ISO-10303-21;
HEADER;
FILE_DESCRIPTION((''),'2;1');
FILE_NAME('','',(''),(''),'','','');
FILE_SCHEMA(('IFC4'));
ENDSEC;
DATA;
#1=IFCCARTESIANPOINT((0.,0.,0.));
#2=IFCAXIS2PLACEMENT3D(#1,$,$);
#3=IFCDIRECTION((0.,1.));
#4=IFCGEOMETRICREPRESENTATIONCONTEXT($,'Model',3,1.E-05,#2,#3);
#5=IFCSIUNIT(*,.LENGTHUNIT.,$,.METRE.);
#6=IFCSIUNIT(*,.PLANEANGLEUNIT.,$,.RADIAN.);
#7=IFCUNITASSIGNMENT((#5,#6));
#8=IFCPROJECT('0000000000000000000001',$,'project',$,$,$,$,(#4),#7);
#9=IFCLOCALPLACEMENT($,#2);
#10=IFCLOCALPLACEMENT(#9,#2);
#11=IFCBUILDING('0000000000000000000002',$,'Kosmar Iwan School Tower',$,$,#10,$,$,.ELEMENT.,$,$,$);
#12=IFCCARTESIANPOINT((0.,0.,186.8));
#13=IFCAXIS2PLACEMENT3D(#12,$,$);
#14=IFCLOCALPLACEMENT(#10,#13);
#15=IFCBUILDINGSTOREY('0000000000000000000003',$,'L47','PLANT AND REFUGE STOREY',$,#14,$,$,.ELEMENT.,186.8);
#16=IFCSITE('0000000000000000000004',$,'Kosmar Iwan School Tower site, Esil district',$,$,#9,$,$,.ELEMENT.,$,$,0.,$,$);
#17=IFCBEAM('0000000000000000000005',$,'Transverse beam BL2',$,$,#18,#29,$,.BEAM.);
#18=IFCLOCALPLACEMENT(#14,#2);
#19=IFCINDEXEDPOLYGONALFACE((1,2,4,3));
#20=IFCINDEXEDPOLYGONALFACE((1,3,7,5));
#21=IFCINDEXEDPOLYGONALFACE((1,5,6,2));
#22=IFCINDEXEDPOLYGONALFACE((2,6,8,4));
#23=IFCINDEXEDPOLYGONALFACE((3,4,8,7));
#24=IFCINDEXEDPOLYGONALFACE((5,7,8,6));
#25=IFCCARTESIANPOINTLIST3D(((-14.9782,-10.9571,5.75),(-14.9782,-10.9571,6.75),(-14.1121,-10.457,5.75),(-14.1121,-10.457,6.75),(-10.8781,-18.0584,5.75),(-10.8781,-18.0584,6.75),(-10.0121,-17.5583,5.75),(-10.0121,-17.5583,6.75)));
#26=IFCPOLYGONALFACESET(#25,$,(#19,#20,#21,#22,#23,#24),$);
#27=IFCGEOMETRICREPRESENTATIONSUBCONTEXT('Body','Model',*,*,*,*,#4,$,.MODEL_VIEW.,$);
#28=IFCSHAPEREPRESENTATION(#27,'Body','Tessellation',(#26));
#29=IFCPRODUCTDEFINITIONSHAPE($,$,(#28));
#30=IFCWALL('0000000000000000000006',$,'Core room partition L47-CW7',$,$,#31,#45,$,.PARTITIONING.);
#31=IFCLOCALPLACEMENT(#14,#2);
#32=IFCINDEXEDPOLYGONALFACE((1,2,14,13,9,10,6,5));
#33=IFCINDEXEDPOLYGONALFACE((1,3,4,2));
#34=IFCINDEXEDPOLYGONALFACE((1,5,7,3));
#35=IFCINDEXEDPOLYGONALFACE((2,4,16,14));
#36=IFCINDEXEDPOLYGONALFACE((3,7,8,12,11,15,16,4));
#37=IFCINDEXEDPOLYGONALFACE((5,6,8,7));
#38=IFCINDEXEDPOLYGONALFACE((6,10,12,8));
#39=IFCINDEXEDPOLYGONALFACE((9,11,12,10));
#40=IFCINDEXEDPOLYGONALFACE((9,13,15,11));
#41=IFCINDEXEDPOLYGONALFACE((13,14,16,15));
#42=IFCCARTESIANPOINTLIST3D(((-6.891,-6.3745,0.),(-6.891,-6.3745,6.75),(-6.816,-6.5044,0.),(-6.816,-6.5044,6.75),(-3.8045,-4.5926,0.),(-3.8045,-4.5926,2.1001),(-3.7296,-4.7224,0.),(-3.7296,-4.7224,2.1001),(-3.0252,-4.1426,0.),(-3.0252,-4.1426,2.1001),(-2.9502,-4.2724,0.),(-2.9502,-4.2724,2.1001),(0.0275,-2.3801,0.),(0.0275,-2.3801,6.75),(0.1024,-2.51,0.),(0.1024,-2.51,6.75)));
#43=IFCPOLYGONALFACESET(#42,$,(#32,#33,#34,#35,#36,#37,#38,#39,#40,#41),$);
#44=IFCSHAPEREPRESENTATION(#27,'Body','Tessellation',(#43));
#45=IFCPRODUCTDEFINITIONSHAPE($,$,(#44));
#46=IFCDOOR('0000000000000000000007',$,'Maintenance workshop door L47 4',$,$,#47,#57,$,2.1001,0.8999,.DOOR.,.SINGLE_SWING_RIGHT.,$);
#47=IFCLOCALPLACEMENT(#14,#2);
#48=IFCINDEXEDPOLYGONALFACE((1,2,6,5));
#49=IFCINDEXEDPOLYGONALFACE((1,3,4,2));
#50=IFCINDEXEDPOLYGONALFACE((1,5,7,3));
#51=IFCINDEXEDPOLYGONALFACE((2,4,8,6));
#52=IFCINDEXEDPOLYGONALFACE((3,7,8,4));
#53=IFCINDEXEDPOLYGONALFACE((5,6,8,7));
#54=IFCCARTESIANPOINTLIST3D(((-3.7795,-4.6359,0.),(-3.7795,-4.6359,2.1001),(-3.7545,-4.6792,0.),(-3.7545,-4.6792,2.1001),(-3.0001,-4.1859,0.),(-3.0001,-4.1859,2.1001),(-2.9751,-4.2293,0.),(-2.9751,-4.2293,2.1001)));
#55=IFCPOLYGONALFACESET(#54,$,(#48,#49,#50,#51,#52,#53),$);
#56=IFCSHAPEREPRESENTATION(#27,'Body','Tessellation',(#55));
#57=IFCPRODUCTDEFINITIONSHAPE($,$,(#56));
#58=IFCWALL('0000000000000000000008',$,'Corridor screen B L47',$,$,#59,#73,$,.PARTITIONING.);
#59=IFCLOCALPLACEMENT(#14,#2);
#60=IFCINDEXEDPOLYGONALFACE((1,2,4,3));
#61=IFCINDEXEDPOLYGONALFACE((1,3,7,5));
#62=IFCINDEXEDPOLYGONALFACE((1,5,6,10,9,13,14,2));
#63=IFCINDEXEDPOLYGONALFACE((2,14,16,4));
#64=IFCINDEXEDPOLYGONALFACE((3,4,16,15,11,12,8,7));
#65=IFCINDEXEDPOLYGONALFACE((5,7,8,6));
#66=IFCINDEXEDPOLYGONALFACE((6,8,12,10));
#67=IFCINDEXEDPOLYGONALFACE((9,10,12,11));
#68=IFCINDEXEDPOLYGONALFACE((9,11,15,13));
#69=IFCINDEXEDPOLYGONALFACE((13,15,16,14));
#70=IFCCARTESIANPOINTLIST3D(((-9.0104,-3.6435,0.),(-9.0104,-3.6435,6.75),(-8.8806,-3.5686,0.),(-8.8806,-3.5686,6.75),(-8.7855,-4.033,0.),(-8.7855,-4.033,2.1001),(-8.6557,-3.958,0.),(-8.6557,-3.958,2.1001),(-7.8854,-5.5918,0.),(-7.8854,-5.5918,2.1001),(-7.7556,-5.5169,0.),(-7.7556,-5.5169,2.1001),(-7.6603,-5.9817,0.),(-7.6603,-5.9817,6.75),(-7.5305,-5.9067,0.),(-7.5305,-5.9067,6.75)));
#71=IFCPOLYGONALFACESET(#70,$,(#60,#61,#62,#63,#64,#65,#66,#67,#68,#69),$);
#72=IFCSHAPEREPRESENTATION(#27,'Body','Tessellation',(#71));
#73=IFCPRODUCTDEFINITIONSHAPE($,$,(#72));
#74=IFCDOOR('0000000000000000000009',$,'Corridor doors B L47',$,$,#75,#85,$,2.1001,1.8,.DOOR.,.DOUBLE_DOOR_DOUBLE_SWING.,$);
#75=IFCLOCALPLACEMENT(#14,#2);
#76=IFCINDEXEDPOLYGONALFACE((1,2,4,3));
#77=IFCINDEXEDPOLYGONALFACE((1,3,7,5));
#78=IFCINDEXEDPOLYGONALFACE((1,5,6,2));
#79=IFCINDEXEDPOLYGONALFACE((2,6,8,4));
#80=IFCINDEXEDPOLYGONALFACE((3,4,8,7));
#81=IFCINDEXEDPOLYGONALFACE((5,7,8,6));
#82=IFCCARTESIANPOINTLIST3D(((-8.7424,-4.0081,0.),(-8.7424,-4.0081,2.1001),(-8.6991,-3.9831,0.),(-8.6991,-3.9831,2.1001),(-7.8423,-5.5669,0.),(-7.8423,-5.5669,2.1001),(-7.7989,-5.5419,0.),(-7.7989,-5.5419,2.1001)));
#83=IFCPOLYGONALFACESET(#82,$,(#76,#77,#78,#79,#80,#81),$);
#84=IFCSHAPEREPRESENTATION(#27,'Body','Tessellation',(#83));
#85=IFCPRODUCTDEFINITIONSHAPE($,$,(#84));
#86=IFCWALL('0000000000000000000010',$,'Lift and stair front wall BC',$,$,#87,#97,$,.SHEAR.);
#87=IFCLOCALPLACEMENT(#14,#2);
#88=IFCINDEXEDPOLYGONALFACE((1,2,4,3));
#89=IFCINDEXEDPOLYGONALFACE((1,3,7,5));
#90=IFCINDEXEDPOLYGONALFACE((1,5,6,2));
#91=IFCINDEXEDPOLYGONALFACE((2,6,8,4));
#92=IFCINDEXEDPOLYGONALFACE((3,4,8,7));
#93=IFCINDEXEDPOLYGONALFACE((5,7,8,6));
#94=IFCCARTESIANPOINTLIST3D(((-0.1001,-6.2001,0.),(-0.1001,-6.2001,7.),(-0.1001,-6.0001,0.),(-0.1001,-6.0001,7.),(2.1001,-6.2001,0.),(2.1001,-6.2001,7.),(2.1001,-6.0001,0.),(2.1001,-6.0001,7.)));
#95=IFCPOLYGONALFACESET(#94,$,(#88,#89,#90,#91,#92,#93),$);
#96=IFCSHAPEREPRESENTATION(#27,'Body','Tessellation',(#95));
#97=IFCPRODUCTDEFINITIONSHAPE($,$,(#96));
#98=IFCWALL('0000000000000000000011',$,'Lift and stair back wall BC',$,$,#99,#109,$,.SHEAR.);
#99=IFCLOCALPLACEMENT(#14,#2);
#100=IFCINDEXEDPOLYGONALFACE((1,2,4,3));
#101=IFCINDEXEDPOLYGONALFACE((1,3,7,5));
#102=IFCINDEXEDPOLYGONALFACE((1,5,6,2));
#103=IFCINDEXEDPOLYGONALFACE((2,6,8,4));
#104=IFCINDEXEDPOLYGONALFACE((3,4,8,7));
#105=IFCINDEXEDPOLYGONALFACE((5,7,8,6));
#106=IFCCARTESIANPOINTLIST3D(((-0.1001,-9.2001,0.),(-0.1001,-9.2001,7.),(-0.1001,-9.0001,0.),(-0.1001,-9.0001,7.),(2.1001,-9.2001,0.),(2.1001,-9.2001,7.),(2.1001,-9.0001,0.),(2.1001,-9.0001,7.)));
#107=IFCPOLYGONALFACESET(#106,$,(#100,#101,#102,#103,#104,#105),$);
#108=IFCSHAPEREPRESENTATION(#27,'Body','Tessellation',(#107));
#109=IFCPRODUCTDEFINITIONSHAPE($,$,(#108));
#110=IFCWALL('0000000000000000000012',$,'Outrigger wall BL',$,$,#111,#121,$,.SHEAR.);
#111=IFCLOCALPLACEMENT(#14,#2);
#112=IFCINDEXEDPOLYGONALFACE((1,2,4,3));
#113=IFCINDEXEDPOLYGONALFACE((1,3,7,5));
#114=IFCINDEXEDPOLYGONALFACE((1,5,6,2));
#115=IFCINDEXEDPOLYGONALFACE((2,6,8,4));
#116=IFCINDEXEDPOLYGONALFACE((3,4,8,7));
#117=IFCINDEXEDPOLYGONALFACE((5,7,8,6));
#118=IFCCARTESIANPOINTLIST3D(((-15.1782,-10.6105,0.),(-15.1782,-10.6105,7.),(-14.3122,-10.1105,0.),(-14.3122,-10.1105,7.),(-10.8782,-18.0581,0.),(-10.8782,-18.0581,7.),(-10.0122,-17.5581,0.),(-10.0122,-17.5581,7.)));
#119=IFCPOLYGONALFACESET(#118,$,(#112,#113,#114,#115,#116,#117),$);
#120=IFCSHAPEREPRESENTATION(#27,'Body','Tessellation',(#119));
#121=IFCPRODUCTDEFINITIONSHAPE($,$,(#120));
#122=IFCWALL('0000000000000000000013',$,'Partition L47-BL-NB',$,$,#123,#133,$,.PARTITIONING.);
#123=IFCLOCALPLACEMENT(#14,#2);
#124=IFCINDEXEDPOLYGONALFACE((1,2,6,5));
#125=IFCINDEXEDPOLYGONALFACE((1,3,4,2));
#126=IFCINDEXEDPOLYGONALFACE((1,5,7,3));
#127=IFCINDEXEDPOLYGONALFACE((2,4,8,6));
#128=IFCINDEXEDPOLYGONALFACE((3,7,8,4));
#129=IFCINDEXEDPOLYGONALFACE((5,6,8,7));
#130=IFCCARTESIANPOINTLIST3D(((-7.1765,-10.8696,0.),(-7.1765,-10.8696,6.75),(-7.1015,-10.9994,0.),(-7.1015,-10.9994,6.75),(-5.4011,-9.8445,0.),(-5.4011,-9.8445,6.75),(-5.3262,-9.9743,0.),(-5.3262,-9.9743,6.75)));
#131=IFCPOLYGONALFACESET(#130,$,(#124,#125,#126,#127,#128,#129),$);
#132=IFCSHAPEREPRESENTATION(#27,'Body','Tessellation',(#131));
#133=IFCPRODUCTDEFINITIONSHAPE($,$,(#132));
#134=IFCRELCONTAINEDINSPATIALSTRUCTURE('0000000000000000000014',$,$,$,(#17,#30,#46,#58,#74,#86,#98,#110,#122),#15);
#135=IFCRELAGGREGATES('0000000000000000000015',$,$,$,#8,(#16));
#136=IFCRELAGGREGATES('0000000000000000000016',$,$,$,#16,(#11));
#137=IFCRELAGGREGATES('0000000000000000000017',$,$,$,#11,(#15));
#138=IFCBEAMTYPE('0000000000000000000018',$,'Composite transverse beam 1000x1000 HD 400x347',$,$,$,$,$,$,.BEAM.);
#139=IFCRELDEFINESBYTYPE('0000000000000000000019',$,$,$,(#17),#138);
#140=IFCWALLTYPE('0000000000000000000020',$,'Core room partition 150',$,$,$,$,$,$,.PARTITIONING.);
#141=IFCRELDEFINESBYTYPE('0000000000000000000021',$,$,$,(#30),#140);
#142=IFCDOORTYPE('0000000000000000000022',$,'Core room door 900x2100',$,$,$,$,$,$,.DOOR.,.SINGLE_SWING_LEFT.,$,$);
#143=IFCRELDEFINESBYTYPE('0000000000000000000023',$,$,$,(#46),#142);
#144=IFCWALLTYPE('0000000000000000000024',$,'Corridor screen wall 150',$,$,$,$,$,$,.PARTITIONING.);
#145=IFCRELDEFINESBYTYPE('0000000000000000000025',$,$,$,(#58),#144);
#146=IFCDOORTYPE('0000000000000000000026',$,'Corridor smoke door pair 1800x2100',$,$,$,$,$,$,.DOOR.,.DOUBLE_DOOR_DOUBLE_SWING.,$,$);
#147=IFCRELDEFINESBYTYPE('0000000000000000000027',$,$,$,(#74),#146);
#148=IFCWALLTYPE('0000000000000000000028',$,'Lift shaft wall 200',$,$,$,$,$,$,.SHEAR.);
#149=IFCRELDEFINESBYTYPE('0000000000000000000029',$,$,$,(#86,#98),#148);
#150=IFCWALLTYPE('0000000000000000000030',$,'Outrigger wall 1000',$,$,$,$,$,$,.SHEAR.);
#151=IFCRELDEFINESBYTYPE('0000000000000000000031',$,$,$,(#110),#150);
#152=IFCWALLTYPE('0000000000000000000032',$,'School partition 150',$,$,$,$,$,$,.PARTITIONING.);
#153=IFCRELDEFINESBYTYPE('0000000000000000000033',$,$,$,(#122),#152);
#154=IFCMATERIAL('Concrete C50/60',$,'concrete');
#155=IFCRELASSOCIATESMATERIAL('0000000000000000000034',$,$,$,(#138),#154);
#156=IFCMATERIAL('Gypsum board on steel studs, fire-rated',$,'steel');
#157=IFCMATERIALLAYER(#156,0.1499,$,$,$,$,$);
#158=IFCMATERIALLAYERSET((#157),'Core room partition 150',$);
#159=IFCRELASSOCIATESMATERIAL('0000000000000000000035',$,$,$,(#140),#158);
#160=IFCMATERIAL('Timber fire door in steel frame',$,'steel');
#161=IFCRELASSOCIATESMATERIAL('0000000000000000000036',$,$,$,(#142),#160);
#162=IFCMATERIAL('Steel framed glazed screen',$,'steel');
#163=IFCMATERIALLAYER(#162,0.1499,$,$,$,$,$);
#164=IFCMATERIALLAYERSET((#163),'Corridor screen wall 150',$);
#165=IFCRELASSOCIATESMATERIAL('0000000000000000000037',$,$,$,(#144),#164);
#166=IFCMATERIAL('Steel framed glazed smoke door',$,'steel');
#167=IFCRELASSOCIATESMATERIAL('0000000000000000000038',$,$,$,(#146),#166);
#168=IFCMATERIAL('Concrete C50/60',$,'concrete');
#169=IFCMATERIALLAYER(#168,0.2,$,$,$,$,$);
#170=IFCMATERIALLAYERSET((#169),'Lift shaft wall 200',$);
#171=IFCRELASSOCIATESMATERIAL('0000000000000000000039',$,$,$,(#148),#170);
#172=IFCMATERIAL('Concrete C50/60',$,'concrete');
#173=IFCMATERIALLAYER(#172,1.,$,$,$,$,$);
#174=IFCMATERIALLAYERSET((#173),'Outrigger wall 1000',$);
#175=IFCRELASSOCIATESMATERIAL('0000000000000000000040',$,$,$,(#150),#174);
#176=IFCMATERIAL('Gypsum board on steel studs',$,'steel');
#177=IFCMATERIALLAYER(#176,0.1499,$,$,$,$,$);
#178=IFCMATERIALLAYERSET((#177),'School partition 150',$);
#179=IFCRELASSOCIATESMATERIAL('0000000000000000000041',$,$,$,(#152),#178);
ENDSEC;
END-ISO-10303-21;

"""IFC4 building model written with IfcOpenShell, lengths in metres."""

from ifc_helpers import new_model, si_unit, direction, frame, frame_2d, origin, origin_2d, place, context, subcontext, project, spatial, rectangle, extrude, material, layer, layer_set, material_profile, profile_set, type_object, element, fill, save


model = new_model("IFC4")

# Units and contexts
model_context = context("Model", 3, precision=1e-05, world=origin(), true_north=direction((0.0, 1.0)))
body_context = subcontext(model_context, "Body", "Model", "MODEL_VIEW")
ifc_project = project(units=[si_unit("LENGTHUNIT", "METRE"), si_unit("PLANEANGLEUNIT", "RADIAN")], contexts=[model_context])

# Site, building, storey
site_placement = place(None, origin())
site = spatial("IfcSite", under=ifc_project, at=site_placement, Name="Kosmar Iwan School Tower site, Esil district", CompositionType="ELEMENT", RefElevation=0.0)
building_placement = place(site_placement, origin())
building = spatial("IfcBuilding", under=site, at=building_placement, Name="Kosmar Iwan School Tower", CompositionType="ELEMENT")
storey_placement = place(building_placement, frame((0.0, 0.0, 186.8)))
storey = spatial("IfcBuildingStorey", under=building, at=storey_placement, Name="L47", Description="PLANT AND REFUGE STOREY", CompositionType="ELEMENT", Elevation=186.8)

# Beam
ifc_material_1 = material(Name="Concrete C50/60", Category="concrete")
ifc_material_profile_1 = material_profile(ifc_material_1, rectangle(XDim=1.0, YDim=1.0, at=origin_2d()), Name="RC 1000x1000 + HD 400x347")
ifc_profile_set_1 = profile_set([ifc_material_profile_1], Name="Concrete C50/60")
beam_type_1 = type_object("IfcBeamType", Name="Composite transverse beam 1000x1000 HD 400x347", PredefinedType="BEAM", material=ifc_profile_set_1)
beam_1_placement = place(storey_placement, frame((-10.4451, -17.8083, 6.25), z_axis=(-0.500014, 0.866018, 0.0), x_axis=(-0.866018, -0.500014, 0.0)))
element("IfcBeam", 1, at=beam_1_placement, inside=storey, type_object=beam_type_1, Name="Transverse beam BL2", PredefinedType="BEAM", context=body_context, shape_type="SweptSolid", body=[
    extrude(rectangle(XDim=1.0, YDim=1.0, at=origin_2d()), origin(), (0.0, 0.0, 1.0), 8.2),
])

# Walls, openings, doors
ifc_material_2 = material(Name="Gypsum board on steel studs, fire-rated", Category="steel")
ifc_layer_1 = layer(ifc_material_2, 0.1499)
ifc_layer_set_1 = layer_set([ifc_layer_1], Name="Core room partition 150")
wall_type_1 = type_object("IfcWallType", Name="Core room partition 150", PredefinedType="PARTITIONING", material=ifc_layer_set_1)
wall_1_placement = place(storey_placement, frame((-6.8535, -6.4395, 0.0), z_axis=(0.0, 0.0, 1.0), x_axis=(0.866025, 0.500001, 0.0)))
wall_1 = element("IfcWall", 2, at=wall_1_placement, inside=storey, type_object=wall_type_1, Name="Core room partition L47-CW7", PredefinedType="PARTITIONING", context=body_context, shape_type="SweptSolid", body=[
    extrude(rectangle(XDim=7.9888, YDim=0.1499, at=frame_2d((3.9944, 0.0))), origin(), (0.0, 0.0, 1.0), 6.75),
])
opening_1_placement = place(wall_1_placement, frame((3.564, 0.0, 0.0)))
opening_1 = element("IfcOpeningElement", 3, at=opening_1_placement, cuts=wall_1, PredefinedType="OPENING", context=body_context, shape_type="SweptSolid", body=[
    extrude(rectangle(XDim=0.8999, YDim=2.1001, at=frame_2d((0.45, 1.05))), frame((0.0, 0.0869, 0.0), z_axis=(0.0, -1.0, 0.0), x_axis=(1.0, 0.0, 0.0)), (0.0, 0.0, 1.0), 0.1738),
])
ifc_material_3 = material(Name="Timber fire door in steel frame", Category="steel")
door_type_1 = type_object("IfcDoorType", Name="Core room door 900x2100", OperationType="SINGLE_SWING_LEFT", PredefinedType="DOOR", material=ifc_material_3)
door_1_placement = place(opening_1_placement, origin())
door_1 = element("IfcDoor", 4, at=door_1_placement, inside=storey, type_object=door_type_1, Name="Maintenance workshop door L47 4", OperationType="SINGLE_SWING_RIGHT", OverallHeight=2.1001, OverallWidth=0.8999, PredefinedType="DOOR", context=body_context, shape_type="SweptSolid", body=[
    extrude(rectangle(XDim=0.8999, YDim=2.1001, at=frame_2d((0.45, 1.05))), frame((0.0, 0.0249, 0.0), z_axis=(0.0, -1.0, 0.0), x_axis=(1.0, 0.0, 0.0)), (0.0, 0.0, 1.0), 0.05),
])
fill(opening_1, door_1)
ifc_material_4 = material(Name="Steel framed glazed screen", Category="steel")
ifc_layer_2 = layer(ifc_material_4, 0.1499)
ifc_layer_set_2 = layer_set([ifc_layer_2], Name="Corridor screen wall 150")
wall_type_2 = type_object("IfcWallType", Name="Corridor screen wall 150", PredefinedType="PARTITIONING", material=ifc_layer_set_2)
wall_2_placement = place(storey_placement, frame((-8.9456, -3.606, 0.0), z_axis=(0.0, 0.0, 1.0), x_axis=(0.500049, -0.865997, 0.0)))
wall_2 = element("IfcWall", 5, at=wall_2_placement, inside=storey, type_object=wall_type_2, Name="Corridor screen B L47", PredefinedType="PARTITIONING", context=body_context, shape_type="SweptSolid", body=[
    extrude(rectangle(XDim=2.7, YDim=0.1499, at=frame_2d((1.3501, 0.0))), origin(), (0.0, 0.0, 1.0), 6.75),
])
opening_2_placement = place(wall_2_placement, frame((0.45, 0.0, 0.0)))
opening_2 = element("IfcOpeningElement", 6, at=opening_2_placement, cuts=wall_2, PredefinedType="OPENING", context=body_context, shape_type="SweptSolid", body=[
    extrude(rectangle(XDim=1.8, YDim=2.1001, at=frame_2d((0.8999, 1.05))), frame((0.0, 0.0869, 0.0), z_axis=(0.0, -1.0, 0.0), x_axis=(1.0, 0.0, 0.0)), (0.0, 0.0, 1.0), 0.1738),
])
ifc_material_5 = material(Name="Steel framed glazed smoke door", Category="steel")
door_type_2 = type_object("IfcDoorType", Name="Corridor smoke door pair 1800x2100", OperationType="DOUBLE_DOOR_DOUBLE_SWING", PredefinedType="DOOR", material=ifc_material_5)
door_2_placement = place(opening_2_placement, origin())
door_2 = element("IfcDoor", 7, at=door_2_placement, inside=storey, type_object=door_type_2, Name="Corridor doors B L47", OperationType="DOUBLE_DOOR_DOUBLE_SWING", OverallHeight=2.1001, OverallWidth=1.8, PredefinedType="DOOR", context=body_context, shape_type="SweptSolid", body=[
    extrude(rectangle(XDim=1.8, YDim=2.1001, at=frame_2d((0.8999, 1.05))), frame((0.0, 0.0249, 0.0), z_axis=(0.0, -1.0, 0.0), x_axis=(1.0, 0.0, 0.0)), (0.0, 0.0, 1.0), 0.05),
])
fill(opening_2, door_2)

# Walls
ifc_material_6 = material(Name="Concrete C50/60", Category="concrete")
ifc_layer_3 = layer(ifc_material_6, 0.2)
ifc_layer_set_3 = layer_set([ifc_layer_3], Name="Lift shaft wall 200")
wall_type_3 = type_object("IfcWallType", Name="Lift shaft wall 200", PredefinedType="SHEAR", material=ifc_layer_set_3)
for number, where, z_axis, x_axis, name in (
    (8, (-0.1001, -6.1001, 0.0), (0.0, 0.0, 1.0), (1.0, 0.0, 0.0), "Lift and stair front wall BC"),
    (9, (-0.1001, -9.1001, 0.0), (0.0, 0.0, 1.0), (1.0, 0.0, 0.0), "Lift and stair back wall BC"),
):
    element("IfcWall", number, at=place(storey_placement, frame(where, z_axis=z_axis, x_axis=x_axis)), inside=storey, type_object=wall_type_3, Name=name, PredefinedType="SHEAR", context=body_context, shape_type="SweptSolid", body=[
        extrude(rectangle(XDim=2.2002, YDim=0.2, at=frame_2d((1.1001, 0.0))), origin(), (0.0, 0.0, 1.0), 7.0),
    ])
ifc_material_7 = material(Name="Concrete C50/60", Category="concrete")
ifc_layer_4 = layer(ifc_material_7, 1.0)
ifc_layer_set_4 = layer_set([ifc_layer_4], Name="Outrigger wall 1000")
wall_type_4 = type_object("IfcWallType", Name="Outrigger wall 1000", PredefinedType="SHEAR", material=ifc_layer_set_4)
wall_3_placement = place(storey_placement, frame((-14.7451, -10.3606, 0.0), z_axis=(0.0, 0.0, 1.0), x_axis=(0.500008, -0.866021, 0.0)))
element("IfcWall", 10, at=wall_3_placement, inside=storey, type_object=wall_type_4, Name="Outrigger wall BL", PredefinedType="SHEAR", context=body_context, shape_type="SweptSolid", body=[
    extrude(rectangle(XDim=8.5999, YDim=1.0, at=frame_2d((4.2998, 0.0))), origin(), (0.0, 0.0, 1.0), 7.0),
])
ifc_material_8 = material(Name="Gypsum board on steel studs", Category="steel")
ifc_layer_5 = layer(ifc_material_8, 0.1499)
ifc_layer_set_5 = layer_set([ifc_layer_5], Name="School partition 150")
wall_type_5 = type_object("IfcWallType", Name="School partition 150", PredefinedType="PARTITIONING", material=ifc_layer_set_5)
wall_4_placement = place(storey_placement, frame((-5.3638, -9.9094, 0.0), z_axis=(0.0, 0.0, 1.0), x_axis=(-0.865999, -0.500045, 0.0)))
element("IfcWall", 11, at=wall_4_placement, inside=storey, type_object=wall_type_5, Name="Partition L47-BL-NB", PredefinedType="PARTITIONING", context=body_context, shape_type="SweptSolid", body=[
    extrude(rectangle(XDim=2.05, YDim=0.1499, at=frame_2d((1.0249, 0.0))), origin(), (0.0, 0.0, 1.0), 6.75),
])

save(model, "model.ifc")
